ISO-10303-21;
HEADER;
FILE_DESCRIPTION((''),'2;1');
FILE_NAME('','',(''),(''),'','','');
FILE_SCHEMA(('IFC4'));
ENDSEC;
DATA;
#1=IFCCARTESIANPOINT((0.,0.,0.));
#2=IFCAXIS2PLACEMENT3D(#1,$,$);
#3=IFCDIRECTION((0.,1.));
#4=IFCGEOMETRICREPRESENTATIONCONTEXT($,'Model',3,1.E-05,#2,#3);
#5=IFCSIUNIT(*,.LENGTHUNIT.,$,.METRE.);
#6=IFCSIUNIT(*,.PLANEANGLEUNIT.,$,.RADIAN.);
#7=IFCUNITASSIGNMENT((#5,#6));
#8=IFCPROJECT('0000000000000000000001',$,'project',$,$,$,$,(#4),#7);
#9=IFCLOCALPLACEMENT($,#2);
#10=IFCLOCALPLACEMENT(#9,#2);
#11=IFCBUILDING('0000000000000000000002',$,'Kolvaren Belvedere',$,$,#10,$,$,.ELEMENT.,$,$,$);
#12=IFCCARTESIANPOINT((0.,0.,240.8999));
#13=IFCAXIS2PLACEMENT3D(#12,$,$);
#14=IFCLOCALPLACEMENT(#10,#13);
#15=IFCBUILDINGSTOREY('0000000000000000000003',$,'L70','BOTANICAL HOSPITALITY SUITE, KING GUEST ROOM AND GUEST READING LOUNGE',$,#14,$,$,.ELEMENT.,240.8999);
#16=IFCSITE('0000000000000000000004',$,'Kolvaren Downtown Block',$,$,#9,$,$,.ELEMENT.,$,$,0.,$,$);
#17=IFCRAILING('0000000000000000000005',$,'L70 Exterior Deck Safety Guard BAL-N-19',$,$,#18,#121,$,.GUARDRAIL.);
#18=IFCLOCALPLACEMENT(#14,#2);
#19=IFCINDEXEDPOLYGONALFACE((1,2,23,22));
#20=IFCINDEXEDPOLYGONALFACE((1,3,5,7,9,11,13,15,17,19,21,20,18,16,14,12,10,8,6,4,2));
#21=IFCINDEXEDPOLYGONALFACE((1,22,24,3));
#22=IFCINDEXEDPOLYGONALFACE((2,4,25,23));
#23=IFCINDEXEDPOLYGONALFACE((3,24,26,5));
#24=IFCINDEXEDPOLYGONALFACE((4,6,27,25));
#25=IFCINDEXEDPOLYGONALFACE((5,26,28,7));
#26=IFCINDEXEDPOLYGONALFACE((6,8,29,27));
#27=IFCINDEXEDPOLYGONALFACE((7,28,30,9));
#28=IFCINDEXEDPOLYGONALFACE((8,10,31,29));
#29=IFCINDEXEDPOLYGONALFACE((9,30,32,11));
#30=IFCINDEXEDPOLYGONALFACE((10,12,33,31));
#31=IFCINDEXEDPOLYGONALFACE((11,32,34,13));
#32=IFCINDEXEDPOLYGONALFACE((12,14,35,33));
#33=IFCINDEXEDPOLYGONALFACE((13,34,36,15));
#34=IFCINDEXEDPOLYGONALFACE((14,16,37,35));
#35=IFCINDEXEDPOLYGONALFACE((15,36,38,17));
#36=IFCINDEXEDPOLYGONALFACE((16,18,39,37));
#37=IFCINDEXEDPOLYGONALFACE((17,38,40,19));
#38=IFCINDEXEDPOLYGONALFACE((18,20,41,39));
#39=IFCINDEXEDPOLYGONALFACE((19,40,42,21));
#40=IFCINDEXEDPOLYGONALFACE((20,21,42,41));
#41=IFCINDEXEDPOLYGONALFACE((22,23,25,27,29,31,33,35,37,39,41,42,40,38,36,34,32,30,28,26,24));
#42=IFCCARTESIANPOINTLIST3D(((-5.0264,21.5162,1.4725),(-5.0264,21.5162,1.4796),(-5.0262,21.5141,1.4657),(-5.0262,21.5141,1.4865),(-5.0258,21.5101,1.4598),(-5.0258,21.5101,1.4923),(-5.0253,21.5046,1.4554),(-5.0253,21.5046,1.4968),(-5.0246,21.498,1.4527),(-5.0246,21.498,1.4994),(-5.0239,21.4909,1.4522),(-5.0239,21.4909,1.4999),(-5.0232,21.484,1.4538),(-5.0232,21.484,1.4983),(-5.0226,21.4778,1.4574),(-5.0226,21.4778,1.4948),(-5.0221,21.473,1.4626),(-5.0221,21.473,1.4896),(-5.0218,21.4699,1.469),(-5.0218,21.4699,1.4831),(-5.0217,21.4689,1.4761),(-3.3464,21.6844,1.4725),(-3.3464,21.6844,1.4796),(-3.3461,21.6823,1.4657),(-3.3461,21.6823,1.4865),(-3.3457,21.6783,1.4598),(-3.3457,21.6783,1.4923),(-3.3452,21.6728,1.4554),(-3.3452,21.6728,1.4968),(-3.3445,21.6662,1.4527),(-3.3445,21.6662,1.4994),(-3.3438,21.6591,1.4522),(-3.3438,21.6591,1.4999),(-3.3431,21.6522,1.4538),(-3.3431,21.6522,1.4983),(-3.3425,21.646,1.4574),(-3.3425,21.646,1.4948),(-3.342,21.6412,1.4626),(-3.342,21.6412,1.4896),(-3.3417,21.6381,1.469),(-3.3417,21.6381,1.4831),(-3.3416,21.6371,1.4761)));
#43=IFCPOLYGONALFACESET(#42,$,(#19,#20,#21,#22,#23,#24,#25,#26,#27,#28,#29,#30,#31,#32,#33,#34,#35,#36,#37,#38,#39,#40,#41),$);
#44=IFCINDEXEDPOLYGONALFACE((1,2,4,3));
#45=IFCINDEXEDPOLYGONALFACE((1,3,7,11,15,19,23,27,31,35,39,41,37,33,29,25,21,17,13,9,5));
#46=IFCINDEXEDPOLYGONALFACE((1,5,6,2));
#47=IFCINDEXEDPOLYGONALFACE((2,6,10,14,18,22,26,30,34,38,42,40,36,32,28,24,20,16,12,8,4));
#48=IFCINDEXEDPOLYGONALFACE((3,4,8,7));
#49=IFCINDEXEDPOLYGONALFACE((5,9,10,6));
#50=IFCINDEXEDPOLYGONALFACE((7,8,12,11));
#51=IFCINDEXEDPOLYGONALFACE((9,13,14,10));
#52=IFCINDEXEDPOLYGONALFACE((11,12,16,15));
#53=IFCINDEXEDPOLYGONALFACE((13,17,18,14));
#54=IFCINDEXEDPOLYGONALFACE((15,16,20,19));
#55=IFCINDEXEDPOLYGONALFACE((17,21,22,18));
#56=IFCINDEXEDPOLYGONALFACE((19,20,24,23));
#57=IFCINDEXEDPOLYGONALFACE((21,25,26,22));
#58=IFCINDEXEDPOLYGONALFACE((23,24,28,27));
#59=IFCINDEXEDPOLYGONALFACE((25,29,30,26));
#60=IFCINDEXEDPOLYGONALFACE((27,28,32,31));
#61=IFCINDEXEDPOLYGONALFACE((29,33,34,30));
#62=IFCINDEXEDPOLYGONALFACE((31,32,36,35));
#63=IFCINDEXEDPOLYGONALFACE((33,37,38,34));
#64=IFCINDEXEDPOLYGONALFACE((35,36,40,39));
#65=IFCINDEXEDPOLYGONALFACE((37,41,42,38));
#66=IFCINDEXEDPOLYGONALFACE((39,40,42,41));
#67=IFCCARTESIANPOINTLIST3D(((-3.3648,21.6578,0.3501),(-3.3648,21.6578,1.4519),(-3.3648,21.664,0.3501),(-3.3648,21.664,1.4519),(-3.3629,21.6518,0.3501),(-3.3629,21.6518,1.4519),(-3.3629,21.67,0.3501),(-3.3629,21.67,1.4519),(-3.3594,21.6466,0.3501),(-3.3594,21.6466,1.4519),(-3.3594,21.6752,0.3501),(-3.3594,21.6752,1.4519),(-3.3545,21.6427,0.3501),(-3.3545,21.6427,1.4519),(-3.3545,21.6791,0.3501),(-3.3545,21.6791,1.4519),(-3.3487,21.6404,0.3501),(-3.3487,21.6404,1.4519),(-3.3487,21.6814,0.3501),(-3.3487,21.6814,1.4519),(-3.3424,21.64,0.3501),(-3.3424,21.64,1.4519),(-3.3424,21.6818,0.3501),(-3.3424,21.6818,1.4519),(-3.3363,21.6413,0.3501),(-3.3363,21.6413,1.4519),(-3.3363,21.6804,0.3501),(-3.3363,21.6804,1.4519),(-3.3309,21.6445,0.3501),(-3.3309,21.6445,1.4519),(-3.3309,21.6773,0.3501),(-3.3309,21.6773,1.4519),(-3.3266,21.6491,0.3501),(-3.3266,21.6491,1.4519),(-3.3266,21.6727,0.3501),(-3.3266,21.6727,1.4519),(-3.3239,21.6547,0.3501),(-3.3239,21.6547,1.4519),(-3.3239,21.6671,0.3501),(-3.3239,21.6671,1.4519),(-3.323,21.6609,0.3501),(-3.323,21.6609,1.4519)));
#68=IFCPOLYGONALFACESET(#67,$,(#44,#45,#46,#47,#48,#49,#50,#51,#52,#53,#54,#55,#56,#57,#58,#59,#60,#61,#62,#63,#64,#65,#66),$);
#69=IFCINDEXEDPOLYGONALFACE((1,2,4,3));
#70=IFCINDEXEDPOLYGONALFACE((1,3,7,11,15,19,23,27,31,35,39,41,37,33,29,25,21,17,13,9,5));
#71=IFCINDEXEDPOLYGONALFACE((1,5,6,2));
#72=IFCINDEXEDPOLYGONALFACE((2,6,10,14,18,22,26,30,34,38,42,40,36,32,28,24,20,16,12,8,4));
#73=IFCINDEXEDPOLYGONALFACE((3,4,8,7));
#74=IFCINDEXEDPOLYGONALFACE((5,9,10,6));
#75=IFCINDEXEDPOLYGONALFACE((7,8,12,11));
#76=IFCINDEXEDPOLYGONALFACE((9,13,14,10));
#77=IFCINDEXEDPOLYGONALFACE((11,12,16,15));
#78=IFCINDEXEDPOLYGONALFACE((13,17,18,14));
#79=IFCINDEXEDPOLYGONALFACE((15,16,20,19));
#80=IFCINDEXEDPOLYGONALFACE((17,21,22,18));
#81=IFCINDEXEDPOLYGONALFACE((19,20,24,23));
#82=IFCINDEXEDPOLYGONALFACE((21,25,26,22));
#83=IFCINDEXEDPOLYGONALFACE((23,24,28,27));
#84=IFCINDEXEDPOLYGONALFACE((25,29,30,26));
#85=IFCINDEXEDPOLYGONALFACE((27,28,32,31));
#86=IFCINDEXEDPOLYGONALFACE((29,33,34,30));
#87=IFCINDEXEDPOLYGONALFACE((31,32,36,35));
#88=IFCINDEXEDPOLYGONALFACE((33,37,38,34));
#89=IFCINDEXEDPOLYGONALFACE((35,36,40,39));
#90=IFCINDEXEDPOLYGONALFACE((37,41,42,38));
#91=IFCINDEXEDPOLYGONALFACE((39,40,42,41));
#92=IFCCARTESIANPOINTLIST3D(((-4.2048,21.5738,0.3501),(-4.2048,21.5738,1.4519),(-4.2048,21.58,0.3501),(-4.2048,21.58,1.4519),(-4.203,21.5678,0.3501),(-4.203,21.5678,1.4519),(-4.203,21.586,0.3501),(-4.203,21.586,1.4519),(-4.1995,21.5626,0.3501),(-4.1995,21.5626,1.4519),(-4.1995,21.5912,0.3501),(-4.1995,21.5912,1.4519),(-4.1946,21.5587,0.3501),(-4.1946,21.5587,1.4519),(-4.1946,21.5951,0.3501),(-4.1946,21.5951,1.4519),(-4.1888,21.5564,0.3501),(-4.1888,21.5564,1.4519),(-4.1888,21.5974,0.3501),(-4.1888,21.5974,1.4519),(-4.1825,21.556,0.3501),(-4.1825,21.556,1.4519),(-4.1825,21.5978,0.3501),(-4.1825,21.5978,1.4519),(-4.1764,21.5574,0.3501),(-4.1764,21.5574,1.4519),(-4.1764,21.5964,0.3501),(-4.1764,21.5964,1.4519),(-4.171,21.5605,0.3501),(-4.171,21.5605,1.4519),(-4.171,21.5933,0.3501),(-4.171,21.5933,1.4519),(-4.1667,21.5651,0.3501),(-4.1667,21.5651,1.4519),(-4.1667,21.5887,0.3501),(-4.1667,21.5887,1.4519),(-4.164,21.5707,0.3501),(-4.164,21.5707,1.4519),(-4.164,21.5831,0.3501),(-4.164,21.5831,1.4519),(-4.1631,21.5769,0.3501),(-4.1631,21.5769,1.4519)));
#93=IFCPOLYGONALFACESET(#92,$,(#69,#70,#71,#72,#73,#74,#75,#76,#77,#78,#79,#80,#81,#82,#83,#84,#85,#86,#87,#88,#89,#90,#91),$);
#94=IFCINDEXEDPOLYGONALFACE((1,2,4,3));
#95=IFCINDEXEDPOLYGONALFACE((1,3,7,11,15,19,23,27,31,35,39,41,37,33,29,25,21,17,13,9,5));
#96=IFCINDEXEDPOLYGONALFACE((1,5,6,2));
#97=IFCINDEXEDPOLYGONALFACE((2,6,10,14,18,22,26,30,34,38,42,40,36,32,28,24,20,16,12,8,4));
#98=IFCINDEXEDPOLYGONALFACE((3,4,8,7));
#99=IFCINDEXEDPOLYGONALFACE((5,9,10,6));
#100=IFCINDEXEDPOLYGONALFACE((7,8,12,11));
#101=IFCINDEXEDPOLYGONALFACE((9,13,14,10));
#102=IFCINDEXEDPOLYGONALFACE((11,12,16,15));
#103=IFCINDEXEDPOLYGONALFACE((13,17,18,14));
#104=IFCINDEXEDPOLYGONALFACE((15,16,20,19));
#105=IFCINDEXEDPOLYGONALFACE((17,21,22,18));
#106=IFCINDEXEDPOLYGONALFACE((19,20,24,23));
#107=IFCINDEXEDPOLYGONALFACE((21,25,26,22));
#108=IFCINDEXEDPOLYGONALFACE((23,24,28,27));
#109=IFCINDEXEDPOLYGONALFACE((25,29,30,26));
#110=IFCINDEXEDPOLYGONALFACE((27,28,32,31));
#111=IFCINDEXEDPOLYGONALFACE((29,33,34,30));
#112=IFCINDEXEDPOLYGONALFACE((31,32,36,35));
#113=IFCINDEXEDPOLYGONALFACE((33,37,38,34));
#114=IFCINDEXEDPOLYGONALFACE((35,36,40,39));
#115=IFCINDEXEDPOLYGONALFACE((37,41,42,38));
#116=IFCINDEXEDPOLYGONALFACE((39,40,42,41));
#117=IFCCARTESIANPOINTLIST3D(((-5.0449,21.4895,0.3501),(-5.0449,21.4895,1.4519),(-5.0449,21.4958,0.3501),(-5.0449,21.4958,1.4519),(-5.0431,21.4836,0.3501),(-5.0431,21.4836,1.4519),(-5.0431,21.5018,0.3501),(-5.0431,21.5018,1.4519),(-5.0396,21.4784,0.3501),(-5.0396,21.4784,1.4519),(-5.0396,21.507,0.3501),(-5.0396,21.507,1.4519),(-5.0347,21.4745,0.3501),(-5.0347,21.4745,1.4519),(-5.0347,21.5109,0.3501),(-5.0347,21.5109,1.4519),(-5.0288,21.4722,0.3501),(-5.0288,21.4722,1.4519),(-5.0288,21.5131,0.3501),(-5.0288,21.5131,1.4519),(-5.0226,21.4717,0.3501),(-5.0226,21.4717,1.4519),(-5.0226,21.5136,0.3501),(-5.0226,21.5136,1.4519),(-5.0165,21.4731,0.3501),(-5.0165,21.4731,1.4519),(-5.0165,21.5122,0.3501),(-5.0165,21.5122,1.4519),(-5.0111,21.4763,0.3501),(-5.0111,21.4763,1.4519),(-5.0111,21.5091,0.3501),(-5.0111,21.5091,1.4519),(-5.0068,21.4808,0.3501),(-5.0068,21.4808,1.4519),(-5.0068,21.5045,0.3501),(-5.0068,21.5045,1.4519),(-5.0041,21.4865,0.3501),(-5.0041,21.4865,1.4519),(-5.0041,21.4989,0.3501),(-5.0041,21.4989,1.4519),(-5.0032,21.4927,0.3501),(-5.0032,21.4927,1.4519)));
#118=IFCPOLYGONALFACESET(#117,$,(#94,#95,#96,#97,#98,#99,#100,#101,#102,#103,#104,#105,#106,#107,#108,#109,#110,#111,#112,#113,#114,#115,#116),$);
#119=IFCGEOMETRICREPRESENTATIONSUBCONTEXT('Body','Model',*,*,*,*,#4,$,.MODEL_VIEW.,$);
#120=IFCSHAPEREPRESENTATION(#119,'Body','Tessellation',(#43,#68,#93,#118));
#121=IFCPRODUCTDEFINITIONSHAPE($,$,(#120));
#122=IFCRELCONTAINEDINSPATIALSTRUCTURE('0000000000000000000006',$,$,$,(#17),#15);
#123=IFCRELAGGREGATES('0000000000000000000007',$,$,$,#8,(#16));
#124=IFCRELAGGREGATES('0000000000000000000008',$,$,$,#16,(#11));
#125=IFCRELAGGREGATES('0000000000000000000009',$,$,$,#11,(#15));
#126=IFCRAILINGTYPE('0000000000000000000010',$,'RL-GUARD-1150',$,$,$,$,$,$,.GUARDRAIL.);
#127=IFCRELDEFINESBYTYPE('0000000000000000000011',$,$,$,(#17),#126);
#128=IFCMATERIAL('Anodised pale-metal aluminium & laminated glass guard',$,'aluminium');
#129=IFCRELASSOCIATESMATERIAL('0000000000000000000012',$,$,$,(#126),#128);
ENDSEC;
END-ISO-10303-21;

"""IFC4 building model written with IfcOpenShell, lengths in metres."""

from ifc_helpers import new_model, si_unit, direction, frame, origin, origin_2d, place, context, subcontext, project, spatial, circle, extrude, material, type_object, element, save


model = new_model("IFC4")

# Units and contexts
model_context = context("Model", 3, precision=1e-05, world=origin(), true_north=direction((0.0, 1.0)))
body_context = subcontext(model_context, "Body", "Model", "MODEL_VIEW")
ifc_project = project(units=[si_unit("LENGTHUNIT", "METRE"), si_unit("PLANEANGLEUNIT", "RADIAN")], contexts=[model_context])

# Site, building, storey
site_placement = place(None, origin())
site = spatial("IfcSite", under=ifc_project, at=site_placement, Name="Kolvaren Downtown Block", CompositionType="ELEMENT", RefElevation=0.0)
building_placement = place(site_placement, origin())
building = spatial("IfcBuilding", under=site, at=building_placement, Name="Kolvaren Belvedere", CompositionType="ELEMENT")
storey_placement = place(building_placement, frame((0.0, 0.0, 240.8999)))
storey = spatial("IfcBuildingStorey", under=building, at=storey_placement, Name="L70", Description="BOTANICAL HOSPITALITY SUITE, KING GUEST ROOM AND GUEST READING LOUNGE", CompositionType="ELEMENT", Elevation=240.8999)

# Railing
ifc_material_1 = material(Name="Anodised pale-metal aluminium & laminated glass guard", Category="aluminium")
railing_type = type_object("IfcRailingType", Name="RL-GUARD-1150", PredefinedType="GUARDRAIL", material=ifc_material_1)
railing_1_placement = place(storey_placement, frame((-3.344, 21.6609, 0.3501)))
element("IfcRailing", 1, at=railing_1_placement, inside=storey, type_object=railing_type, Name="L70 Exterior Deck Safety Guard BAL-N-19", PredefinedType="GUARDRAIL", context=body_context, shape_type="SweptSolid", body=[
    extrude(circle(Radius=0.0239, at=origin_2d()), frame((0.0, 0.0, 1.126), z_axis=(-0.995026, -0.099618, 0.0), x_axis=(0.099618, -0.995026, 0.0)), (0.0, 0.0, 1.0), 1.6885),
    extrude(circle(Radius=0.021, at=origin_2d()), origin(), (0.0, 0.0, 1.0), 1.1018),
    extrude(circle(Radius=0.021, at=origin_2d()), frame((-0.8401, -0.084, 0.0)), (0.0, 0.0, 1.0), 1.1018),
    extrude(circle(Radius=0.021, at=origin_2d()), frame((-1.6802, -0.1682, 0.0)), (0.0, 0.0, 1.0), 1.1018),
])

save(model, "model.ifc")
